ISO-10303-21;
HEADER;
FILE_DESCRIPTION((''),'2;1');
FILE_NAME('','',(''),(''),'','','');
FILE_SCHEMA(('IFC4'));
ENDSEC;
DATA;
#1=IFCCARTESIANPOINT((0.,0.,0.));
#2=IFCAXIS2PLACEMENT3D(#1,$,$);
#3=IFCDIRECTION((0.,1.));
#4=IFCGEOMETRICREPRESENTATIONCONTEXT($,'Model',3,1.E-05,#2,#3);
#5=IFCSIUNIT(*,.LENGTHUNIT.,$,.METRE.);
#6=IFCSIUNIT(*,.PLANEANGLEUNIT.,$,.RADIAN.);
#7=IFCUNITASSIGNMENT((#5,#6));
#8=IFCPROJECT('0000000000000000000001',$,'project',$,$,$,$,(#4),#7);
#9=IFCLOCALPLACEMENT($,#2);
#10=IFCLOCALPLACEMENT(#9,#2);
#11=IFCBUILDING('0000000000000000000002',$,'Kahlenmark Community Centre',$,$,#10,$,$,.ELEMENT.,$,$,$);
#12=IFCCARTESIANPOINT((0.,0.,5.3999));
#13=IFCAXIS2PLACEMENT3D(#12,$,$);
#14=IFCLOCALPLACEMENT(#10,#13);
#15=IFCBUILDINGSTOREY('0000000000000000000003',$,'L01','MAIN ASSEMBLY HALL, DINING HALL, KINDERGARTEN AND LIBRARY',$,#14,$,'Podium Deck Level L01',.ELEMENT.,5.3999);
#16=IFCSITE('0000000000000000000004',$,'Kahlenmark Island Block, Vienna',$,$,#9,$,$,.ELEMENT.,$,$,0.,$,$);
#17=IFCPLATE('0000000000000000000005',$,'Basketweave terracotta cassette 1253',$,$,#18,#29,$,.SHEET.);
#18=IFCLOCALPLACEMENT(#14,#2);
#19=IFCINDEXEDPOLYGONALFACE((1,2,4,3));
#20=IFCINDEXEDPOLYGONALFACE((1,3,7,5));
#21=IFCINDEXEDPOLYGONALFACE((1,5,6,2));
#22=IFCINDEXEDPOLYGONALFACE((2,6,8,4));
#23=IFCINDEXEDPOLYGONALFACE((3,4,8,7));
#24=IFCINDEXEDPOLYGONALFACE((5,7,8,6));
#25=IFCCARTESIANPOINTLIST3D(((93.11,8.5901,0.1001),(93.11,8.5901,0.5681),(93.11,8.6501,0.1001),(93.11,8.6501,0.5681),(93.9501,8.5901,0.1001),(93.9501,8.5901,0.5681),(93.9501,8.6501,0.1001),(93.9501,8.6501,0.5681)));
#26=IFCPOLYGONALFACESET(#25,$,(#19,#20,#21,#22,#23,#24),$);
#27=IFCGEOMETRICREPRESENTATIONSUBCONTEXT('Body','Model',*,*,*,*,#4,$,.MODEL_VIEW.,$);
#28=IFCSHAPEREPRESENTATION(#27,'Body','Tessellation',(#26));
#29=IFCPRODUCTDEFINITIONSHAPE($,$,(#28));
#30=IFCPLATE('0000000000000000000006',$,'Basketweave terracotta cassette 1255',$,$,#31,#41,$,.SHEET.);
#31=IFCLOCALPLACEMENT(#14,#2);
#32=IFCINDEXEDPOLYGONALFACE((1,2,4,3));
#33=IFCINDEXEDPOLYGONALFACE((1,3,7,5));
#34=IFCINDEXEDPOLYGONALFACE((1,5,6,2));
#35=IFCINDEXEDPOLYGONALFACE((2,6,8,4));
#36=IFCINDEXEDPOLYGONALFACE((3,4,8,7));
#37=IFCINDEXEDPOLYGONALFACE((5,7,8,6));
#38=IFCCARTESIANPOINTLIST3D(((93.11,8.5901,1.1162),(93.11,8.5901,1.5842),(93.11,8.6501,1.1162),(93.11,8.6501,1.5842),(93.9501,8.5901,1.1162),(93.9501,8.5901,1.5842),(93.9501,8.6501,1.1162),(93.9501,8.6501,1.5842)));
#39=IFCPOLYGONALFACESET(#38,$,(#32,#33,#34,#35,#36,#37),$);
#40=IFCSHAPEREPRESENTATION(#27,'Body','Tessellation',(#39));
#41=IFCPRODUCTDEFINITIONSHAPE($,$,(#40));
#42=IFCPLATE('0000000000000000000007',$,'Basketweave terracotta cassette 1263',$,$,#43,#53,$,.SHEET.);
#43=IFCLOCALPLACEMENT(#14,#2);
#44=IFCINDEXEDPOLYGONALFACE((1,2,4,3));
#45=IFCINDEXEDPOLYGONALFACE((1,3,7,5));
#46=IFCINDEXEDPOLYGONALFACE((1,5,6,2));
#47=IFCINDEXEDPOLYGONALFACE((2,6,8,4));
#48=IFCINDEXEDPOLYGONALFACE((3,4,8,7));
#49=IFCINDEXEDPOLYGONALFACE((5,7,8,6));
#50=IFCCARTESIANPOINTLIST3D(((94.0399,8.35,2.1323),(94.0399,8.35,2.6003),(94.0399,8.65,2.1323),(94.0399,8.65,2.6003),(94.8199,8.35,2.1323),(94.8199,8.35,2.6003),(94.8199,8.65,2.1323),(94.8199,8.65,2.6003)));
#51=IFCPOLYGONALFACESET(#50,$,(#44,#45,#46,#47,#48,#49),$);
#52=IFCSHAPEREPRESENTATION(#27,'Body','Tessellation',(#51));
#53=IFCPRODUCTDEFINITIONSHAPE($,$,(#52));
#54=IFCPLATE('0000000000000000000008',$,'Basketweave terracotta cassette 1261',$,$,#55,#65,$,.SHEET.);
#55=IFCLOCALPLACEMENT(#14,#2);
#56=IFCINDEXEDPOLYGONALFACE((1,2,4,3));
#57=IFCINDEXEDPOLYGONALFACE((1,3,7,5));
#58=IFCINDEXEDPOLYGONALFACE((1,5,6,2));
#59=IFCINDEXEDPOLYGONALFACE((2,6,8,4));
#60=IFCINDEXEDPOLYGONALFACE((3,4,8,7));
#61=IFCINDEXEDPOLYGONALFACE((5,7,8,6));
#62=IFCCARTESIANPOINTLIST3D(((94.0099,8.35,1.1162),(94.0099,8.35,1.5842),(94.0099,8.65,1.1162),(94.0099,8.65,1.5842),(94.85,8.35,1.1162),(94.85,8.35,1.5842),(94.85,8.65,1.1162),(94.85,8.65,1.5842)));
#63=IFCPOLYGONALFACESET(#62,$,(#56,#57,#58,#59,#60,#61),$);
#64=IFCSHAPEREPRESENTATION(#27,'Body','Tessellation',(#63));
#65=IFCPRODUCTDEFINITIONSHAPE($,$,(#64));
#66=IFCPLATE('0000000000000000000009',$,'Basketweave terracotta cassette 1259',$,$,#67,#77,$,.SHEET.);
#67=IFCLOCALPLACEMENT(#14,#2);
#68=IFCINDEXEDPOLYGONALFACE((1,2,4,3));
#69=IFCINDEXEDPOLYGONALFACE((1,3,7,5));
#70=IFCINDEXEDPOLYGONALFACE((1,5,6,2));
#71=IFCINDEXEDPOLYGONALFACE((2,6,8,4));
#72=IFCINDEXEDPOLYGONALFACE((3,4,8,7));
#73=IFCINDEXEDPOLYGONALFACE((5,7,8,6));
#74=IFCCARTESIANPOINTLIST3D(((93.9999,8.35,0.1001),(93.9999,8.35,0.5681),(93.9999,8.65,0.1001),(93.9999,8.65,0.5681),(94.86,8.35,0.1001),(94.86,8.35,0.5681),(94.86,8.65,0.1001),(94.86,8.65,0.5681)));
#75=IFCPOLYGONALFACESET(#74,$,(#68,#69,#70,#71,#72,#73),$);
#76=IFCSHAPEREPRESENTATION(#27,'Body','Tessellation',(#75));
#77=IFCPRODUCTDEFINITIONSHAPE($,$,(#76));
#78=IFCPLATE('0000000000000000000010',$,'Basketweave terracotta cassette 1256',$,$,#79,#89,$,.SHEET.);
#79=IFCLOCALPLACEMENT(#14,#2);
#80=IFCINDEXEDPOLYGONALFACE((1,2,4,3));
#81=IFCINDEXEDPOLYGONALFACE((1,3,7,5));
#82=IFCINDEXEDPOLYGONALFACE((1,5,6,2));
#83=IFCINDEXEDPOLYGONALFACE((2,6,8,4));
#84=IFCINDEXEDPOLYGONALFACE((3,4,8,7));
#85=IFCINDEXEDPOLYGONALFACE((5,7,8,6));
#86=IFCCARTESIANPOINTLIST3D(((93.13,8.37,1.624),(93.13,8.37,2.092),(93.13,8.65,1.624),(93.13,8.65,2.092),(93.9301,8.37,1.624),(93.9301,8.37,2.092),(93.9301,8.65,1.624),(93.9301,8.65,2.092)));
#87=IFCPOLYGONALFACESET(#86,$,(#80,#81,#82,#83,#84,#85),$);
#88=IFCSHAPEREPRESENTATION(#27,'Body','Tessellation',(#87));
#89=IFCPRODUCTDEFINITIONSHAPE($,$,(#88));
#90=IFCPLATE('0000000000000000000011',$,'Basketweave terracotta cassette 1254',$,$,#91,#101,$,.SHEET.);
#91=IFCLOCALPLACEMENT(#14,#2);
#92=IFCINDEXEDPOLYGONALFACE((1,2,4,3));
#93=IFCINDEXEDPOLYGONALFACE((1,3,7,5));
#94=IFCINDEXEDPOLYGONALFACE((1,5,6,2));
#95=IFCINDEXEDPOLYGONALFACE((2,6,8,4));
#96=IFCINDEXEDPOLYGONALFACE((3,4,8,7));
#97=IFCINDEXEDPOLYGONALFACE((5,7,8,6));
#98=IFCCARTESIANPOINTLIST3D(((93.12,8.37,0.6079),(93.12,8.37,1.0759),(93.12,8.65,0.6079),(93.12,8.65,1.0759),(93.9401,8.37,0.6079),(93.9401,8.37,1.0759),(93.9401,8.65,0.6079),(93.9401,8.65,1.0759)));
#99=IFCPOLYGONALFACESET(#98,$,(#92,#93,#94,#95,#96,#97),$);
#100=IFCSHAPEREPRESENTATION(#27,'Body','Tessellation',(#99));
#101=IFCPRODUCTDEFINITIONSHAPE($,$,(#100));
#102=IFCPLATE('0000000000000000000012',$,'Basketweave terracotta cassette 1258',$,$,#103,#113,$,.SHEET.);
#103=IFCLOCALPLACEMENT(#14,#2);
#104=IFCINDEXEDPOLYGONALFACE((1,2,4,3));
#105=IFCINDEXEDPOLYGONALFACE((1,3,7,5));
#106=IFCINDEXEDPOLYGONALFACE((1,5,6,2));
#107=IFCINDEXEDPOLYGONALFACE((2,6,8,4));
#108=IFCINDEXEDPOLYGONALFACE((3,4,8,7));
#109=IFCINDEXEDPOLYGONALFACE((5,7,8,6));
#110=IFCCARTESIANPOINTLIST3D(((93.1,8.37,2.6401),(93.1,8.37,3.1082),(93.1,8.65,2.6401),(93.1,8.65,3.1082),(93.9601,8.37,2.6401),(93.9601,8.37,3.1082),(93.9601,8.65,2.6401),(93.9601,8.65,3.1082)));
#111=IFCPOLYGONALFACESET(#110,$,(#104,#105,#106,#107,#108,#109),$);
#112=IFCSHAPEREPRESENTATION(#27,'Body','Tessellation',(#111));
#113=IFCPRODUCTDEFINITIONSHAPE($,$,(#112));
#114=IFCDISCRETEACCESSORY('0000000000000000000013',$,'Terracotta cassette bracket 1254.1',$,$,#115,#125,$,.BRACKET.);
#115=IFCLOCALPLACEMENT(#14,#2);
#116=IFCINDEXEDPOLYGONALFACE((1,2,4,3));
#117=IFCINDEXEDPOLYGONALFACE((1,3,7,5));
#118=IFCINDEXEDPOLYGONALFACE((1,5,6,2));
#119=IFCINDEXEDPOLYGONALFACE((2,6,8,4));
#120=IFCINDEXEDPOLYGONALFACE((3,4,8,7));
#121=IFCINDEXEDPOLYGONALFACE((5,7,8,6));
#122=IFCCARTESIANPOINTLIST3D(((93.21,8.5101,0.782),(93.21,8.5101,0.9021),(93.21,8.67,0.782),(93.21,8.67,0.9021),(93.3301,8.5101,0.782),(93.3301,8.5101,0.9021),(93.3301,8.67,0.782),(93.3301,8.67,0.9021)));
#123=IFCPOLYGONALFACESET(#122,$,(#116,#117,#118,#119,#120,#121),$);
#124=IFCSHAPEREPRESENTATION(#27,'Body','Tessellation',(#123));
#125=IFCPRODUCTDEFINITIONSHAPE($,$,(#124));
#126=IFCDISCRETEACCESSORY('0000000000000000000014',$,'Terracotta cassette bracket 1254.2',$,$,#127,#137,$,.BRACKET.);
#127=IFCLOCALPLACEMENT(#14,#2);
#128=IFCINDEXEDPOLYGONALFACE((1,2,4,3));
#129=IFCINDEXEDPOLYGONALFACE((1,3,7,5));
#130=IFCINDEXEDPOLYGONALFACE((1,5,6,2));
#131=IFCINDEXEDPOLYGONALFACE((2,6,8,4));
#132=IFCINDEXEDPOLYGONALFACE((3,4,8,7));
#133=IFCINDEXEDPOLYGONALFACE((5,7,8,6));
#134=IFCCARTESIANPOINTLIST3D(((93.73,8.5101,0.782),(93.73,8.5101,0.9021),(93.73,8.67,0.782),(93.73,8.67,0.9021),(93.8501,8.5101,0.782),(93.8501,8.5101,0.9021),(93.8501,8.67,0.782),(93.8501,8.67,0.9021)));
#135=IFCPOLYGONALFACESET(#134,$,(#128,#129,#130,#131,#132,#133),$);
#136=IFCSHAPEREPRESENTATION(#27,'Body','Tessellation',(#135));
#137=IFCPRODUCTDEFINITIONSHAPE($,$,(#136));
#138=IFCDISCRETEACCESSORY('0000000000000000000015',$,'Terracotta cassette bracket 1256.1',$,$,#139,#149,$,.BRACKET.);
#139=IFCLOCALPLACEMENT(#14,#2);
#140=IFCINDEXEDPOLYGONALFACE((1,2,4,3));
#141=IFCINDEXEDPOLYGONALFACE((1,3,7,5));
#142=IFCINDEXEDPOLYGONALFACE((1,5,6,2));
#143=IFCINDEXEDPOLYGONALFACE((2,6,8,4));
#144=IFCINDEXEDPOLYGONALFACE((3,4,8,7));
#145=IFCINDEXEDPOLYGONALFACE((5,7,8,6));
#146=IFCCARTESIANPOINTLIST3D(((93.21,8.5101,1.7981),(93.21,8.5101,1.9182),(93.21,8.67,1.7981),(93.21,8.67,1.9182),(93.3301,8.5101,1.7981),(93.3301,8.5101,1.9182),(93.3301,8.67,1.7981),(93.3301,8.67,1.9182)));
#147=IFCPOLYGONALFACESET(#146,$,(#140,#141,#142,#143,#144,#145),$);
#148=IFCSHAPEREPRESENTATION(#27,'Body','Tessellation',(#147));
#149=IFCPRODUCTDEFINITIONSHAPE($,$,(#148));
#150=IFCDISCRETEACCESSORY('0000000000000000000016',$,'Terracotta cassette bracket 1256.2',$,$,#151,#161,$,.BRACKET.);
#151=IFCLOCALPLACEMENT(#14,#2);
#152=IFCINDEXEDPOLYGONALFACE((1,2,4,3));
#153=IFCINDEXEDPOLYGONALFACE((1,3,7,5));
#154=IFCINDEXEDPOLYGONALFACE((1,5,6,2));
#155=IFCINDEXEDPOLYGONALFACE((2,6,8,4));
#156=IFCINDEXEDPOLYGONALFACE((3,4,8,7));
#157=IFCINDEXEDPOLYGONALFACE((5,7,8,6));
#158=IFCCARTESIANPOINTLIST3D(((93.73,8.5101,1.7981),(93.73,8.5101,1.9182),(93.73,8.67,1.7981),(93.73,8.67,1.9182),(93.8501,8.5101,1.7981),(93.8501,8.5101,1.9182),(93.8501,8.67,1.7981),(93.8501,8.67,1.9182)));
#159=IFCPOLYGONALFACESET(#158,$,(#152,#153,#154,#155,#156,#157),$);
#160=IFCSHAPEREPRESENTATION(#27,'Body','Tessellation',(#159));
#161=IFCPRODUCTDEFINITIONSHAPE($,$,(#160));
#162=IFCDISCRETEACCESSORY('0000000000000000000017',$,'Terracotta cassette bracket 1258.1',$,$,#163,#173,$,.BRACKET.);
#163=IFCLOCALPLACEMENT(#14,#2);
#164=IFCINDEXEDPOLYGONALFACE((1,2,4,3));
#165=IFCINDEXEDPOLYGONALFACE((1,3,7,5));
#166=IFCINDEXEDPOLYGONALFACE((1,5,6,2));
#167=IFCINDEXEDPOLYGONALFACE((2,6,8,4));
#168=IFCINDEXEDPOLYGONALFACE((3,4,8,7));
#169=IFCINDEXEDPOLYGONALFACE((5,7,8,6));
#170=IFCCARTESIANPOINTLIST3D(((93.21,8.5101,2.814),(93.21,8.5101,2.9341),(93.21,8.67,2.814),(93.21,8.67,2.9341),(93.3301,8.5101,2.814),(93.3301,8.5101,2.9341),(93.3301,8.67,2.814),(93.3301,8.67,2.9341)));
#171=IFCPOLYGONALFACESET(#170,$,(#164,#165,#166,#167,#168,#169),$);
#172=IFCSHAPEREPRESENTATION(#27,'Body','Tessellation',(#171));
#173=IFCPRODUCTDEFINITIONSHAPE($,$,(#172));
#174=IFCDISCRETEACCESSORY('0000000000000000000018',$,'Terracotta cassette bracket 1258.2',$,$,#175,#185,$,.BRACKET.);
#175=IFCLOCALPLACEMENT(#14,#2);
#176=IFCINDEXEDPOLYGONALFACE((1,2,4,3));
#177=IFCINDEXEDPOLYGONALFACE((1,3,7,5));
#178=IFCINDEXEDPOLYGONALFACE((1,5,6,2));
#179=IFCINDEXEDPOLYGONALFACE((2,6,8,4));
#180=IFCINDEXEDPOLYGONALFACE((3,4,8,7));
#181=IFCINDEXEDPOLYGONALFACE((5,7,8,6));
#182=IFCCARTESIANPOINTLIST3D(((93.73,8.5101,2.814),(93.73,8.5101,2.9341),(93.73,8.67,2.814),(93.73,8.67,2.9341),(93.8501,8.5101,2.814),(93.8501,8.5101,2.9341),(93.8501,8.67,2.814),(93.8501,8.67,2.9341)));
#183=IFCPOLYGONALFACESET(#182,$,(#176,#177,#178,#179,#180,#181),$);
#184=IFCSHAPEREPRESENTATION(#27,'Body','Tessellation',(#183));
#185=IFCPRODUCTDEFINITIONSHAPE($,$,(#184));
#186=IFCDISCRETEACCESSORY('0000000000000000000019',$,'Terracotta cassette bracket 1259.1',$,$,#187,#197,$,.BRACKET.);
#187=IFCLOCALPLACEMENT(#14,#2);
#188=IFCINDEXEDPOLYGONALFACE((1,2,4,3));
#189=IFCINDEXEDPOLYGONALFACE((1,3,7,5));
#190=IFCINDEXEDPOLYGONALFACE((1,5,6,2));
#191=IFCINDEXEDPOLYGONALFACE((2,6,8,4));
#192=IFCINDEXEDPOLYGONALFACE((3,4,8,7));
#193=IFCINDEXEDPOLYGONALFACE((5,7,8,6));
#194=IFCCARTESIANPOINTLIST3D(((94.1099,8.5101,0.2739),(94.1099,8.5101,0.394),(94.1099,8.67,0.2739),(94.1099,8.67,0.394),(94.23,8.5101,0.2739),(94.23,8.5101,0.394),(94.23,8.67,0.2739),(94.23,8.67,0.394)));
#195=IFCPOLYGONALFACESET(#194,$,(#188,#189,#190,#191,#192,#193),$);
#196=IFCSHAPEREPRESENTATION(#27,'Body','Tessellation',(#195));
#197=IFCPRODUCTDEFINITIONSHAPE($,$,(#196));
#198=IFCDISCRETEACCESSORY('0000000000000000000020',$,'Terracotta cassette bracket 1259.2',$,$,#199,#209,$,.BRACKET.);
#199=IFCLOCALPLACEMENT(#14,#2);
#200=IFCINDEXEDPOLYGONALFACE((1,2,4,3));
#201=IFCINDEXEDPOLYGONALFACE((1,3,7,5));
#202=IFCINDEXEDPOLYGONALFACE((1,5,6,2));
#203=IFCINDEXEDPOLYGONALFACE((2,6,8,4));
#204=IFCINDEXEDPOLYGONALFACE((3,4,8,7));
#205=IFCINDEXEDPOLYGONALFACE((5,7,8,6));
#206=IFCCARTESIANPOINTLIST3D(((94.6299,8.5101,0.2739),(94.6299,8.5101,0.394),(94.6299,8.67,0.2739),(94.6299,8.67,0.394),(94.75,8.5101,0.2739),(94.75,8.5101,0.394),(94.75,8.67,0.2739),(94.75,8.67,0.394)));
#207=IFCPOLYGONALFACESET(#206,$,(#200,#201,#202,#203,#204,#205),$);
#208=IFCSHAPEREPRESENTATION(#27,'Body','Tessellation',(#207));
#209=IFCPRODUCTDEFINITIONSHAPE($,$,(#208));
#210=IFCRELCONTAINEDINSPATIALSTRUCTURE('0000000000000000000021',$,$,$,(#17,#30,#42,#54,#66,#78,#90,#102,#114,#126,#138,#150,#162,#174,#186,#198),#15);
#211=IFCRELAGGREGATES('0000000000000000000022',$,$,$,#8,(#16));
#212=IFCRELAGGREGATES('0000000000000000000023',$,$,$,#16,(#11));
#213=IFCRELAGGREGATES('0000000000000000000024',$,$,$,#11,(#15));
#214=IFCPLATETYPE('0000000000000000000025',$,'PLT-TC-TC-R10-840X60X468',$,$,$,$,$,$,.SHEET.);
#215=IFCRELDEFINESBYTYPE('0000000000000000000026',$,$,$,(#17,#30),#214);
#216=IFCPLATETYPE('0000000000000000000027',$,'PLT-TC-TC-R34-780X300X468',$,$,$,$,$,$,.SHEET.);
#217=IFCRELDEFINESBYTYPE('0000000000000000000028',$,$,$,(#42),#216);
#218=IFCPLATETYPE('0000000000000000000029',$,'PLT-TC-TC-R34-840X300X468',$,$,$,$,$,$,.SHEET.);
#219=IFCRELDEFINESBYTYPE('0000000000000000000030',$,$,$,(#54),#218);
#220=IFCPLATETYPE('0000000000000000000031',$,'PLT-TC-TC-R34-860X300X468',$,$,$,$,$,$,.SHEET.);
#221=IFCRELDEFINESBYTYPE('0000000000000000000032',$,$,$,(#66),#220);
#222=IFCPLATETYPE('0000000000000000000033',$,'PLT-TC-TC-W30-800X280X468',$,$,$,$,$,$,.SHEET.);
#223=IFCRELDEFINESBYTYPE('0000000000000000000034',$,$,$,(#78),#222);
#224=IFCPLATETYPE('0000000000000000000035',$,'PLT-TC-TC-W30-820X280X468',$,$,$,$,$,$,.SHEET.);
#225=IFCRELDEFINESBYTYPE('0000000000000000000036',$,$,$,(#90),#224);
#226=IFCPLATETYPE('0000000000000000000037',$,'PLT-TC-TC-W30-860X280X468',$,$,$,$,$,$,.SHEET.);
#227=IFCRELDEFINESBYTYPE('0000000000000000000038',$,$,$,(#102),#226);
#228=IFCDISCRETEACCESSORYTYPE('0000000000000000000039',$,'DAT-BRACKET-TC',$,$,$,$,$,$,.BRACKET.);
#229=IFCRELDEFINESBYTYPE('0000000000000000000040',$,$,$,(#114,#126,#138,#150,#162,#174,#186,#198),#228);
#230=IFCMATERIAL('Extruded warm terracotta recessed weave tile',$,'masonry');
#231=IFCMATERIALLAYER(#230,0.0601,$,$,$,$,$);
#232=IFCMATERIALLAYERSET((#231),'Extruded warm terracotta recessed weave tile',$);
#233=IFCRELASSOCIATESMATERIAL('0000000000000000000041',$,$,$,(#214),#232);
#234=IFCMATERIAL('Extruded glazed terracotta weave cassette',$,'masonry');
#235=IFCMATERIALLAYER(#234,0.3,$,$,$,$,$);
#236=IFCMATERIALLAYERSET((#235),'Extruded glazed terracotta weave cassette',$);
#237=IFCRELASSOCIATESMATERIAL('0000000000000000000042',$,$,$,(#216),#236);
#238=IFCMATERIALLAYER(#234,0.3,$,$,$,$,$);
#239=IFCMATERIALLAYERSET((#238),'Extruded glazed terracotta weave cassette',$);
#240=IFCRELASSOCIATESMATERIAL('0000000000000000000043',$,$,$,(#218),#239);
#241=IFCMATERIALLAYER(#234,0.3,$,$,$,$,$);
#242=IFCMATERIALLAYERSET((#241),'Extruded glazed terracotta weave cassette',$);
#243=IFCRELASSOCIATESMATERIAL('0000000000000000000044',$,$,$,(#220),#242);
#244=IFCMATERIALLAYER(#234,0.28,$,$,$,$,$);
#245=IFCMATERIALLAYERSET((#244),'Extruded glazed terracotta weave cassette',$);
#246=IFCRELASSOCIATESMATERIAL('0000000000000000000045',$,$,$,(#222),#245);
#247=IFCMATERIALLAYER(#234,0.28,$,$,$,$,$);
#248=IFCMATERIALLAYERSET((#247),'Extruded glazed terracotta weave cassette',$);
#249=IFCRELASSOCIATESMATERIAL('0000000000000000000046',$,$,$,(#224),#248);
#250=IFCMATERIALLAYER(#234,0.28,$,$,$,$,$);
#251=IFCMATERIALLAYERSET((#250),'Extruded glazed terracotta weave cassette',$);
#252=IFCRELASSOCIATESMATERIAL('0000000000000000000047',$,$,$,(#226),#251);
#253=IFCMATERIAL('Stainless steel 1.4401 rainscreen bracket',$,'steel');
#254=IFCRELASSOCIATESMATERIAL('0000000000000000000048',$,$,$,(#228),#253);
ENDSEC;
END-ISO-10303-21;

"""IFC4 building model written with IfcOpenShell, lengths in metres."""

from ifc_helpers import new_model, si_unit, direction, frame, origin, origin_2d, place, context, subcontext, project, spatial, rectangle, extrude, material, layer, layer_set, type_object, element, save


model = new_model("IFC4")

# Units and contexts
model_context = context("Model", 3, precision=1e-05, world=origin(), true_north=direction((0.0, 1.0)))
body_context = subcontext(model_context, "Body", "Model", "MODEL_VIEW")
ifc_project = project(units=[si_unit("LENGTHUNIT", "METRE"), si_unit("PLANEANGLEUNIT", "RADIAN")], contexts=[model_context])

# Site, building, storey
site_placement = place(None, origin())
site = spatial("IfcSite", under=ifc_project, at=site_placement, Name="Kahlenmark Island Block, Vienna", CompositionType="ELEMENT", RefElevation=0.0)
building_placement = place(site_placement, origin())
building = spatial("IfcBuilding", under=site, at=building_placement, Name="Kahlenmark Community Centre", CompositionType="ELEMENT")
storey_placement = place(building_placement, frame((0.0, 0.0, 5.3999)))
storey = spatial("IfcBuildingStorey", under=building, at=storey_placement, Name="L01", Description="MAIN ASSEMBLY HALL, DINING HALL, KINDERGARTEN AND LIBRARY", LongName="Podium Deck Level L01", CompositionType="ELEMENT", Elevation=5.3999)

# Plates
ifc_material_1 = material(Name="Extruded warm terracotta recessed weave tile", Category="masonry")
ifc_layer_1 = layer(ifc_material_1, 0.0601)
ifc_layer_set_1 = layer_set([ifc_layer_1], Name="Extruded warm terracotta recessed weave tile")
plate_type_1 = type_object("IfcPlateType", Name="PLT-TC-TC-R10-840X60X468", PredefinedType="SHEET", material=ifc_layer_set_1)
for number, where, z_axis, x_axis, name in (
    (1, (93.53, 8.6201, 0.1001), (0.0, 0.0, 1.0), (1.0, 0.0, 0.0), "Basketweave terracotta cassette 1253"),
    (2, (93.53, 8.6201, 1.1162), (0.0, 0.0, 1.0), (1.0, 0.0, 0.0), "Basketweave terracotta cassette 1255"),
):
    element("IfcPlate", number, at=place(storey_placement, frame(where, z_axis=z_axis, x_axis=x_axis)), inside=storey, type_object=plate_type_1, Name=name, PredefinedType="SHEET", context=body_context, shape_type="SweptSolid", body=[
        extrude(rectangle(XDim=0.8401, YDim=0.0601, at=origin_2d()), origin(), (0.0, 0.0, 1.0), 0.468),
    ])
ifc_material_2 = material(Name="Extruded glazed terracotta weave cassette", Category="masonry")
ifc_layer_2 = layer(ifc_material_2, 0.3)
ifc_layer_set_2 = layer_set([ifc_layer_2], Name="Extruded glazed terracotta weave cassette")
plate_type_2 = type_object("IfcPlateType", Name="PLT-TC-TC-R34-780X300X468", PredefinedType="SHEET", material=ifc_layer_set_2)
plate_1_placement = place(storey_placement, frame((94.4299, 8.5, 2.1323), z_axis=(0.0, 0.0, 1.0), x_axis=(1.0, 0.0, 0.0)))
element("IfcPlate", 3, at=plate_1_placement, inside=storey, type_object=plate_type_2, Name="Basketweave terracotta cassette 1263", PredefinedType="SHEET", context=body_context, shape_type="SweptSolid", body=[
    extrude(rectangle(XDim=0.78, YDim=0.3, at=origin_2d()), origin(), (0.0, 0.0, 1.0), 0.468),
])
ifc_layer_3 = layer(ifc_material_2, 0.3)
ifc_layer_set_3 = layer_set([ifc_layer_3], Name="Extruded glazed terracotta weave cassette")
plate_type_3 = type_object("IfcPlateType", Name="PLT-TC-TC-R34-840X300X468", PredefinedType="SHEET", material=ifc_layer_set_3)
plate_2_placement = place(storey_placement, frame((94.4299, 8.5, 1.1162), z_axis=(0.0, 0.0, 1.0), x_axis=(1.0, 0.0, 0.0)))
element("IfcPlate", 4, at=plate_2_placement, inside=storey, type_object=plate_type_3, Name="Basketweave terracotta cassette 1261", PredefinedType="SHEET", context=body_context, shape_type="SweptSolid", body=[
    extrude(rectangle(XDim=0.8401, YDim=0.3, at=origin_2d()), origin(), (0.0, 0.0, 1.0), 0.468),
])
ifc_layer_4 = layer(ifc_material_2, 0.3)
ifc_layer_set_4 = layer_set([ifc_layer_4], Name="Extruded glazed terracotta weave cassette")
plate_type_4 = type_object("IfcPlateType", Name="PLT-TC-TC-R34-860X300X468", PredefinedType="SHEET", material=ifc_layer_set_4)
plate_3_placement = place(storey_placement, frame((94.4299, 8.5, 0.1001), z_axis=(0.0, 0.0, 1.0), x_axis=(1.0, 0.0, 0.0)))
element("IfcPlate", 5, at=plate_3_placement, inside=storey, type_object=plate_type_4, Name="Basketweave terracotta cassette 1259", PredefinedType="SHEET", context=body_context, shape_type="SweptSolid", body=[
    extrude(rectangle(XDim=0.8601, YDim=0.3, at=origin_2d()), origin(), (0.0, 0.0, 1.0), 0.468),
])
ifc_layer_5 = layer(ifc_material_2, 0.28)
ifc_layer_set_5 = layer_set([ifc_layer_5], Name="Extruded glazed terracotta weave cassette")
plate_type_5 = type_object("IfcPlateType", Name="PLT-TC-TC-W30-800X280X468", PredefinedType="SHEET", material=ifc_layer_set_5)
plate_4_placement = place(storey_placement, frame((93.53, 8.51, 1.624), z_axis=(0.0, 0.0, 1.0), x_axis=(1.0, 0.0, 0.0)))
element("IfcPlate", 6, at=plate_4_placement, inside=storey, type_object=plate_type_5, Name="Basketweave terracotta cassette 1256", PredefinedType="SHEET", context=body_context, shape_type="SweptSolid", body=[
    extrude(rectangle(XDim=0.8, YDim=0.28, at=origin_2d()), origin(), (0.0, 0.0, 1.0), 0.468),
])
ifc_layer_6 = layer(ifc_material_2, 0.28)
ifc_layer_set_6 = layer_set([ifc_layer_6], Name="Extruded glazed terracotta weave cassette")
plate_type_6 = type_object("IfcPlateType", Name="PLT-TC-TC-W30-820X280X468", PredefinedType="SHEET", material=ifc_layer_set_6)
plate_5_placement = place(storey_placement, frame((93.53, 8.51, 0.6079), z_axis=(0.0, 0.0, 1.0), x_axis=(1.0, 0.0, 0.0)))
element("IfcPlate", 7, at=plate_5_placement, inside=storey, type_object=plate_type_6, Name="Basketweave terracotta cassette 1254", PredefinedType="SHEET", context=body_context, shape_type="SweptSolid", body=[
    extrude(rectangle(XDim=0.8201, YDim=0.28, at=origin_2d()), origin(), (0.0, 0.0, 1.0), 0.468),
])
ifc_layer_7 = layer(ifc_material_2, 0.28)
ifc_layer_set_7 = layer_set([ifc_layer_7], Name="Extruded glazed terracotta weave cassette")
plate_type_7 = type_object("IfcPlateType", Name="PLT-TC-TC-W30-860X280X468", PredefinedType="SHEET", material=ifc_layer_set_7)
plate_6_placement = place(storey_placement, frame((93.53, 8.51, 2.6401), z_axis=(0.0, 0.0, 1.0), x_axis=(1.0, 0.0, 0.0)))
element("IfcPlate", 8, at=plate_6_placement, inside=storey, type_object=plate_type_7, Name="Basketweave terracotta cassette 1258", PredefinedType="SHEET", context=body_context, shape_type="SweptSolid", body=[
    extrude(rectangle(XDim=0.8601, YDim=0.28, at=origin_2d()), origin(), (0.0, 0.0, 1.0), 0.468),
])

# Discrete accessories
ifc_material_3 = material(Name="Stainless steel 1.4401 rainscreen bracket", Category="steel")
discrete_accessory_type = type_object("IfcDiscreteAccessoryType", Name="DAT-BRACKET-TC", PredefinedType="BRACKET", material=ifc_material_3)
for number, where, z_axis, x_axis, name in (
    (9, (93.27, 8.5901, 0.782), (0.0, 0.0, 1.0), (1.0, 0.0, 0.0), "Terracotta cassette bracket 1254.1"),
    (10, (93.79, 8.5901, 0.782), (0.0, 0.0, 1.0), (1.0, 0.0, 0.0), "Terracotta cassette bracket 1254.2"),
    (11, (93.27, 8.5901, 1.7981), (0.0, 0.0, 1.0), (1.0, 0.0, 0.0), "Terracotta cassette bracket 1256.1"),
    (12, (93.79, 8.5901, 1.7981), (0.0, 0.0, 1.0), (1.0, 0.0, 0.0), "Terracotta cassette bracket 1256.2"),
    (13, (93.27, 8.5901, 2.814), (0.0, 0.0, 1.0), (1.0, 0.0, 0.0), "Terracotta cassette bracket 1258.1"),
    (14, (93.79, 8.5901, 2.814), (0.0, 0.0, 1.0), (1.0, 0.0, 0.0), "Terracotta cassette bracket 1258.2"),
    (15, (94.1699, 8.5901, 0.2739), (0.0, 0.0, 1.0), (1.0, 0.0, 0.0), "Terracotta cassette bracket 1259.1"),
    (16, (94.6899, 8.5901, 0.2739), (0.0, 0.0, 1.0), (1.0, 0.0, 0.0), "Terracotta cassette bracket 1259.2"),
):
    element("IfcDiscreteAccessory", number, at=place(storey_placement, frame(where, z_axis=z_axis, x_axis=x_axis)), inside=storey, type_object=discrete_accessory_type, Name=name, PredefinedType="BRACKET", context=body_context, shape_type="SweptSolid", body=[
        extrude(rectangle(XDim=0.1201, YDim=0.1599, at=origin_2d()), origin(), (0.0, 0.0, 1.0), 0.1201),
    ])

save(model, "model.ifc")
